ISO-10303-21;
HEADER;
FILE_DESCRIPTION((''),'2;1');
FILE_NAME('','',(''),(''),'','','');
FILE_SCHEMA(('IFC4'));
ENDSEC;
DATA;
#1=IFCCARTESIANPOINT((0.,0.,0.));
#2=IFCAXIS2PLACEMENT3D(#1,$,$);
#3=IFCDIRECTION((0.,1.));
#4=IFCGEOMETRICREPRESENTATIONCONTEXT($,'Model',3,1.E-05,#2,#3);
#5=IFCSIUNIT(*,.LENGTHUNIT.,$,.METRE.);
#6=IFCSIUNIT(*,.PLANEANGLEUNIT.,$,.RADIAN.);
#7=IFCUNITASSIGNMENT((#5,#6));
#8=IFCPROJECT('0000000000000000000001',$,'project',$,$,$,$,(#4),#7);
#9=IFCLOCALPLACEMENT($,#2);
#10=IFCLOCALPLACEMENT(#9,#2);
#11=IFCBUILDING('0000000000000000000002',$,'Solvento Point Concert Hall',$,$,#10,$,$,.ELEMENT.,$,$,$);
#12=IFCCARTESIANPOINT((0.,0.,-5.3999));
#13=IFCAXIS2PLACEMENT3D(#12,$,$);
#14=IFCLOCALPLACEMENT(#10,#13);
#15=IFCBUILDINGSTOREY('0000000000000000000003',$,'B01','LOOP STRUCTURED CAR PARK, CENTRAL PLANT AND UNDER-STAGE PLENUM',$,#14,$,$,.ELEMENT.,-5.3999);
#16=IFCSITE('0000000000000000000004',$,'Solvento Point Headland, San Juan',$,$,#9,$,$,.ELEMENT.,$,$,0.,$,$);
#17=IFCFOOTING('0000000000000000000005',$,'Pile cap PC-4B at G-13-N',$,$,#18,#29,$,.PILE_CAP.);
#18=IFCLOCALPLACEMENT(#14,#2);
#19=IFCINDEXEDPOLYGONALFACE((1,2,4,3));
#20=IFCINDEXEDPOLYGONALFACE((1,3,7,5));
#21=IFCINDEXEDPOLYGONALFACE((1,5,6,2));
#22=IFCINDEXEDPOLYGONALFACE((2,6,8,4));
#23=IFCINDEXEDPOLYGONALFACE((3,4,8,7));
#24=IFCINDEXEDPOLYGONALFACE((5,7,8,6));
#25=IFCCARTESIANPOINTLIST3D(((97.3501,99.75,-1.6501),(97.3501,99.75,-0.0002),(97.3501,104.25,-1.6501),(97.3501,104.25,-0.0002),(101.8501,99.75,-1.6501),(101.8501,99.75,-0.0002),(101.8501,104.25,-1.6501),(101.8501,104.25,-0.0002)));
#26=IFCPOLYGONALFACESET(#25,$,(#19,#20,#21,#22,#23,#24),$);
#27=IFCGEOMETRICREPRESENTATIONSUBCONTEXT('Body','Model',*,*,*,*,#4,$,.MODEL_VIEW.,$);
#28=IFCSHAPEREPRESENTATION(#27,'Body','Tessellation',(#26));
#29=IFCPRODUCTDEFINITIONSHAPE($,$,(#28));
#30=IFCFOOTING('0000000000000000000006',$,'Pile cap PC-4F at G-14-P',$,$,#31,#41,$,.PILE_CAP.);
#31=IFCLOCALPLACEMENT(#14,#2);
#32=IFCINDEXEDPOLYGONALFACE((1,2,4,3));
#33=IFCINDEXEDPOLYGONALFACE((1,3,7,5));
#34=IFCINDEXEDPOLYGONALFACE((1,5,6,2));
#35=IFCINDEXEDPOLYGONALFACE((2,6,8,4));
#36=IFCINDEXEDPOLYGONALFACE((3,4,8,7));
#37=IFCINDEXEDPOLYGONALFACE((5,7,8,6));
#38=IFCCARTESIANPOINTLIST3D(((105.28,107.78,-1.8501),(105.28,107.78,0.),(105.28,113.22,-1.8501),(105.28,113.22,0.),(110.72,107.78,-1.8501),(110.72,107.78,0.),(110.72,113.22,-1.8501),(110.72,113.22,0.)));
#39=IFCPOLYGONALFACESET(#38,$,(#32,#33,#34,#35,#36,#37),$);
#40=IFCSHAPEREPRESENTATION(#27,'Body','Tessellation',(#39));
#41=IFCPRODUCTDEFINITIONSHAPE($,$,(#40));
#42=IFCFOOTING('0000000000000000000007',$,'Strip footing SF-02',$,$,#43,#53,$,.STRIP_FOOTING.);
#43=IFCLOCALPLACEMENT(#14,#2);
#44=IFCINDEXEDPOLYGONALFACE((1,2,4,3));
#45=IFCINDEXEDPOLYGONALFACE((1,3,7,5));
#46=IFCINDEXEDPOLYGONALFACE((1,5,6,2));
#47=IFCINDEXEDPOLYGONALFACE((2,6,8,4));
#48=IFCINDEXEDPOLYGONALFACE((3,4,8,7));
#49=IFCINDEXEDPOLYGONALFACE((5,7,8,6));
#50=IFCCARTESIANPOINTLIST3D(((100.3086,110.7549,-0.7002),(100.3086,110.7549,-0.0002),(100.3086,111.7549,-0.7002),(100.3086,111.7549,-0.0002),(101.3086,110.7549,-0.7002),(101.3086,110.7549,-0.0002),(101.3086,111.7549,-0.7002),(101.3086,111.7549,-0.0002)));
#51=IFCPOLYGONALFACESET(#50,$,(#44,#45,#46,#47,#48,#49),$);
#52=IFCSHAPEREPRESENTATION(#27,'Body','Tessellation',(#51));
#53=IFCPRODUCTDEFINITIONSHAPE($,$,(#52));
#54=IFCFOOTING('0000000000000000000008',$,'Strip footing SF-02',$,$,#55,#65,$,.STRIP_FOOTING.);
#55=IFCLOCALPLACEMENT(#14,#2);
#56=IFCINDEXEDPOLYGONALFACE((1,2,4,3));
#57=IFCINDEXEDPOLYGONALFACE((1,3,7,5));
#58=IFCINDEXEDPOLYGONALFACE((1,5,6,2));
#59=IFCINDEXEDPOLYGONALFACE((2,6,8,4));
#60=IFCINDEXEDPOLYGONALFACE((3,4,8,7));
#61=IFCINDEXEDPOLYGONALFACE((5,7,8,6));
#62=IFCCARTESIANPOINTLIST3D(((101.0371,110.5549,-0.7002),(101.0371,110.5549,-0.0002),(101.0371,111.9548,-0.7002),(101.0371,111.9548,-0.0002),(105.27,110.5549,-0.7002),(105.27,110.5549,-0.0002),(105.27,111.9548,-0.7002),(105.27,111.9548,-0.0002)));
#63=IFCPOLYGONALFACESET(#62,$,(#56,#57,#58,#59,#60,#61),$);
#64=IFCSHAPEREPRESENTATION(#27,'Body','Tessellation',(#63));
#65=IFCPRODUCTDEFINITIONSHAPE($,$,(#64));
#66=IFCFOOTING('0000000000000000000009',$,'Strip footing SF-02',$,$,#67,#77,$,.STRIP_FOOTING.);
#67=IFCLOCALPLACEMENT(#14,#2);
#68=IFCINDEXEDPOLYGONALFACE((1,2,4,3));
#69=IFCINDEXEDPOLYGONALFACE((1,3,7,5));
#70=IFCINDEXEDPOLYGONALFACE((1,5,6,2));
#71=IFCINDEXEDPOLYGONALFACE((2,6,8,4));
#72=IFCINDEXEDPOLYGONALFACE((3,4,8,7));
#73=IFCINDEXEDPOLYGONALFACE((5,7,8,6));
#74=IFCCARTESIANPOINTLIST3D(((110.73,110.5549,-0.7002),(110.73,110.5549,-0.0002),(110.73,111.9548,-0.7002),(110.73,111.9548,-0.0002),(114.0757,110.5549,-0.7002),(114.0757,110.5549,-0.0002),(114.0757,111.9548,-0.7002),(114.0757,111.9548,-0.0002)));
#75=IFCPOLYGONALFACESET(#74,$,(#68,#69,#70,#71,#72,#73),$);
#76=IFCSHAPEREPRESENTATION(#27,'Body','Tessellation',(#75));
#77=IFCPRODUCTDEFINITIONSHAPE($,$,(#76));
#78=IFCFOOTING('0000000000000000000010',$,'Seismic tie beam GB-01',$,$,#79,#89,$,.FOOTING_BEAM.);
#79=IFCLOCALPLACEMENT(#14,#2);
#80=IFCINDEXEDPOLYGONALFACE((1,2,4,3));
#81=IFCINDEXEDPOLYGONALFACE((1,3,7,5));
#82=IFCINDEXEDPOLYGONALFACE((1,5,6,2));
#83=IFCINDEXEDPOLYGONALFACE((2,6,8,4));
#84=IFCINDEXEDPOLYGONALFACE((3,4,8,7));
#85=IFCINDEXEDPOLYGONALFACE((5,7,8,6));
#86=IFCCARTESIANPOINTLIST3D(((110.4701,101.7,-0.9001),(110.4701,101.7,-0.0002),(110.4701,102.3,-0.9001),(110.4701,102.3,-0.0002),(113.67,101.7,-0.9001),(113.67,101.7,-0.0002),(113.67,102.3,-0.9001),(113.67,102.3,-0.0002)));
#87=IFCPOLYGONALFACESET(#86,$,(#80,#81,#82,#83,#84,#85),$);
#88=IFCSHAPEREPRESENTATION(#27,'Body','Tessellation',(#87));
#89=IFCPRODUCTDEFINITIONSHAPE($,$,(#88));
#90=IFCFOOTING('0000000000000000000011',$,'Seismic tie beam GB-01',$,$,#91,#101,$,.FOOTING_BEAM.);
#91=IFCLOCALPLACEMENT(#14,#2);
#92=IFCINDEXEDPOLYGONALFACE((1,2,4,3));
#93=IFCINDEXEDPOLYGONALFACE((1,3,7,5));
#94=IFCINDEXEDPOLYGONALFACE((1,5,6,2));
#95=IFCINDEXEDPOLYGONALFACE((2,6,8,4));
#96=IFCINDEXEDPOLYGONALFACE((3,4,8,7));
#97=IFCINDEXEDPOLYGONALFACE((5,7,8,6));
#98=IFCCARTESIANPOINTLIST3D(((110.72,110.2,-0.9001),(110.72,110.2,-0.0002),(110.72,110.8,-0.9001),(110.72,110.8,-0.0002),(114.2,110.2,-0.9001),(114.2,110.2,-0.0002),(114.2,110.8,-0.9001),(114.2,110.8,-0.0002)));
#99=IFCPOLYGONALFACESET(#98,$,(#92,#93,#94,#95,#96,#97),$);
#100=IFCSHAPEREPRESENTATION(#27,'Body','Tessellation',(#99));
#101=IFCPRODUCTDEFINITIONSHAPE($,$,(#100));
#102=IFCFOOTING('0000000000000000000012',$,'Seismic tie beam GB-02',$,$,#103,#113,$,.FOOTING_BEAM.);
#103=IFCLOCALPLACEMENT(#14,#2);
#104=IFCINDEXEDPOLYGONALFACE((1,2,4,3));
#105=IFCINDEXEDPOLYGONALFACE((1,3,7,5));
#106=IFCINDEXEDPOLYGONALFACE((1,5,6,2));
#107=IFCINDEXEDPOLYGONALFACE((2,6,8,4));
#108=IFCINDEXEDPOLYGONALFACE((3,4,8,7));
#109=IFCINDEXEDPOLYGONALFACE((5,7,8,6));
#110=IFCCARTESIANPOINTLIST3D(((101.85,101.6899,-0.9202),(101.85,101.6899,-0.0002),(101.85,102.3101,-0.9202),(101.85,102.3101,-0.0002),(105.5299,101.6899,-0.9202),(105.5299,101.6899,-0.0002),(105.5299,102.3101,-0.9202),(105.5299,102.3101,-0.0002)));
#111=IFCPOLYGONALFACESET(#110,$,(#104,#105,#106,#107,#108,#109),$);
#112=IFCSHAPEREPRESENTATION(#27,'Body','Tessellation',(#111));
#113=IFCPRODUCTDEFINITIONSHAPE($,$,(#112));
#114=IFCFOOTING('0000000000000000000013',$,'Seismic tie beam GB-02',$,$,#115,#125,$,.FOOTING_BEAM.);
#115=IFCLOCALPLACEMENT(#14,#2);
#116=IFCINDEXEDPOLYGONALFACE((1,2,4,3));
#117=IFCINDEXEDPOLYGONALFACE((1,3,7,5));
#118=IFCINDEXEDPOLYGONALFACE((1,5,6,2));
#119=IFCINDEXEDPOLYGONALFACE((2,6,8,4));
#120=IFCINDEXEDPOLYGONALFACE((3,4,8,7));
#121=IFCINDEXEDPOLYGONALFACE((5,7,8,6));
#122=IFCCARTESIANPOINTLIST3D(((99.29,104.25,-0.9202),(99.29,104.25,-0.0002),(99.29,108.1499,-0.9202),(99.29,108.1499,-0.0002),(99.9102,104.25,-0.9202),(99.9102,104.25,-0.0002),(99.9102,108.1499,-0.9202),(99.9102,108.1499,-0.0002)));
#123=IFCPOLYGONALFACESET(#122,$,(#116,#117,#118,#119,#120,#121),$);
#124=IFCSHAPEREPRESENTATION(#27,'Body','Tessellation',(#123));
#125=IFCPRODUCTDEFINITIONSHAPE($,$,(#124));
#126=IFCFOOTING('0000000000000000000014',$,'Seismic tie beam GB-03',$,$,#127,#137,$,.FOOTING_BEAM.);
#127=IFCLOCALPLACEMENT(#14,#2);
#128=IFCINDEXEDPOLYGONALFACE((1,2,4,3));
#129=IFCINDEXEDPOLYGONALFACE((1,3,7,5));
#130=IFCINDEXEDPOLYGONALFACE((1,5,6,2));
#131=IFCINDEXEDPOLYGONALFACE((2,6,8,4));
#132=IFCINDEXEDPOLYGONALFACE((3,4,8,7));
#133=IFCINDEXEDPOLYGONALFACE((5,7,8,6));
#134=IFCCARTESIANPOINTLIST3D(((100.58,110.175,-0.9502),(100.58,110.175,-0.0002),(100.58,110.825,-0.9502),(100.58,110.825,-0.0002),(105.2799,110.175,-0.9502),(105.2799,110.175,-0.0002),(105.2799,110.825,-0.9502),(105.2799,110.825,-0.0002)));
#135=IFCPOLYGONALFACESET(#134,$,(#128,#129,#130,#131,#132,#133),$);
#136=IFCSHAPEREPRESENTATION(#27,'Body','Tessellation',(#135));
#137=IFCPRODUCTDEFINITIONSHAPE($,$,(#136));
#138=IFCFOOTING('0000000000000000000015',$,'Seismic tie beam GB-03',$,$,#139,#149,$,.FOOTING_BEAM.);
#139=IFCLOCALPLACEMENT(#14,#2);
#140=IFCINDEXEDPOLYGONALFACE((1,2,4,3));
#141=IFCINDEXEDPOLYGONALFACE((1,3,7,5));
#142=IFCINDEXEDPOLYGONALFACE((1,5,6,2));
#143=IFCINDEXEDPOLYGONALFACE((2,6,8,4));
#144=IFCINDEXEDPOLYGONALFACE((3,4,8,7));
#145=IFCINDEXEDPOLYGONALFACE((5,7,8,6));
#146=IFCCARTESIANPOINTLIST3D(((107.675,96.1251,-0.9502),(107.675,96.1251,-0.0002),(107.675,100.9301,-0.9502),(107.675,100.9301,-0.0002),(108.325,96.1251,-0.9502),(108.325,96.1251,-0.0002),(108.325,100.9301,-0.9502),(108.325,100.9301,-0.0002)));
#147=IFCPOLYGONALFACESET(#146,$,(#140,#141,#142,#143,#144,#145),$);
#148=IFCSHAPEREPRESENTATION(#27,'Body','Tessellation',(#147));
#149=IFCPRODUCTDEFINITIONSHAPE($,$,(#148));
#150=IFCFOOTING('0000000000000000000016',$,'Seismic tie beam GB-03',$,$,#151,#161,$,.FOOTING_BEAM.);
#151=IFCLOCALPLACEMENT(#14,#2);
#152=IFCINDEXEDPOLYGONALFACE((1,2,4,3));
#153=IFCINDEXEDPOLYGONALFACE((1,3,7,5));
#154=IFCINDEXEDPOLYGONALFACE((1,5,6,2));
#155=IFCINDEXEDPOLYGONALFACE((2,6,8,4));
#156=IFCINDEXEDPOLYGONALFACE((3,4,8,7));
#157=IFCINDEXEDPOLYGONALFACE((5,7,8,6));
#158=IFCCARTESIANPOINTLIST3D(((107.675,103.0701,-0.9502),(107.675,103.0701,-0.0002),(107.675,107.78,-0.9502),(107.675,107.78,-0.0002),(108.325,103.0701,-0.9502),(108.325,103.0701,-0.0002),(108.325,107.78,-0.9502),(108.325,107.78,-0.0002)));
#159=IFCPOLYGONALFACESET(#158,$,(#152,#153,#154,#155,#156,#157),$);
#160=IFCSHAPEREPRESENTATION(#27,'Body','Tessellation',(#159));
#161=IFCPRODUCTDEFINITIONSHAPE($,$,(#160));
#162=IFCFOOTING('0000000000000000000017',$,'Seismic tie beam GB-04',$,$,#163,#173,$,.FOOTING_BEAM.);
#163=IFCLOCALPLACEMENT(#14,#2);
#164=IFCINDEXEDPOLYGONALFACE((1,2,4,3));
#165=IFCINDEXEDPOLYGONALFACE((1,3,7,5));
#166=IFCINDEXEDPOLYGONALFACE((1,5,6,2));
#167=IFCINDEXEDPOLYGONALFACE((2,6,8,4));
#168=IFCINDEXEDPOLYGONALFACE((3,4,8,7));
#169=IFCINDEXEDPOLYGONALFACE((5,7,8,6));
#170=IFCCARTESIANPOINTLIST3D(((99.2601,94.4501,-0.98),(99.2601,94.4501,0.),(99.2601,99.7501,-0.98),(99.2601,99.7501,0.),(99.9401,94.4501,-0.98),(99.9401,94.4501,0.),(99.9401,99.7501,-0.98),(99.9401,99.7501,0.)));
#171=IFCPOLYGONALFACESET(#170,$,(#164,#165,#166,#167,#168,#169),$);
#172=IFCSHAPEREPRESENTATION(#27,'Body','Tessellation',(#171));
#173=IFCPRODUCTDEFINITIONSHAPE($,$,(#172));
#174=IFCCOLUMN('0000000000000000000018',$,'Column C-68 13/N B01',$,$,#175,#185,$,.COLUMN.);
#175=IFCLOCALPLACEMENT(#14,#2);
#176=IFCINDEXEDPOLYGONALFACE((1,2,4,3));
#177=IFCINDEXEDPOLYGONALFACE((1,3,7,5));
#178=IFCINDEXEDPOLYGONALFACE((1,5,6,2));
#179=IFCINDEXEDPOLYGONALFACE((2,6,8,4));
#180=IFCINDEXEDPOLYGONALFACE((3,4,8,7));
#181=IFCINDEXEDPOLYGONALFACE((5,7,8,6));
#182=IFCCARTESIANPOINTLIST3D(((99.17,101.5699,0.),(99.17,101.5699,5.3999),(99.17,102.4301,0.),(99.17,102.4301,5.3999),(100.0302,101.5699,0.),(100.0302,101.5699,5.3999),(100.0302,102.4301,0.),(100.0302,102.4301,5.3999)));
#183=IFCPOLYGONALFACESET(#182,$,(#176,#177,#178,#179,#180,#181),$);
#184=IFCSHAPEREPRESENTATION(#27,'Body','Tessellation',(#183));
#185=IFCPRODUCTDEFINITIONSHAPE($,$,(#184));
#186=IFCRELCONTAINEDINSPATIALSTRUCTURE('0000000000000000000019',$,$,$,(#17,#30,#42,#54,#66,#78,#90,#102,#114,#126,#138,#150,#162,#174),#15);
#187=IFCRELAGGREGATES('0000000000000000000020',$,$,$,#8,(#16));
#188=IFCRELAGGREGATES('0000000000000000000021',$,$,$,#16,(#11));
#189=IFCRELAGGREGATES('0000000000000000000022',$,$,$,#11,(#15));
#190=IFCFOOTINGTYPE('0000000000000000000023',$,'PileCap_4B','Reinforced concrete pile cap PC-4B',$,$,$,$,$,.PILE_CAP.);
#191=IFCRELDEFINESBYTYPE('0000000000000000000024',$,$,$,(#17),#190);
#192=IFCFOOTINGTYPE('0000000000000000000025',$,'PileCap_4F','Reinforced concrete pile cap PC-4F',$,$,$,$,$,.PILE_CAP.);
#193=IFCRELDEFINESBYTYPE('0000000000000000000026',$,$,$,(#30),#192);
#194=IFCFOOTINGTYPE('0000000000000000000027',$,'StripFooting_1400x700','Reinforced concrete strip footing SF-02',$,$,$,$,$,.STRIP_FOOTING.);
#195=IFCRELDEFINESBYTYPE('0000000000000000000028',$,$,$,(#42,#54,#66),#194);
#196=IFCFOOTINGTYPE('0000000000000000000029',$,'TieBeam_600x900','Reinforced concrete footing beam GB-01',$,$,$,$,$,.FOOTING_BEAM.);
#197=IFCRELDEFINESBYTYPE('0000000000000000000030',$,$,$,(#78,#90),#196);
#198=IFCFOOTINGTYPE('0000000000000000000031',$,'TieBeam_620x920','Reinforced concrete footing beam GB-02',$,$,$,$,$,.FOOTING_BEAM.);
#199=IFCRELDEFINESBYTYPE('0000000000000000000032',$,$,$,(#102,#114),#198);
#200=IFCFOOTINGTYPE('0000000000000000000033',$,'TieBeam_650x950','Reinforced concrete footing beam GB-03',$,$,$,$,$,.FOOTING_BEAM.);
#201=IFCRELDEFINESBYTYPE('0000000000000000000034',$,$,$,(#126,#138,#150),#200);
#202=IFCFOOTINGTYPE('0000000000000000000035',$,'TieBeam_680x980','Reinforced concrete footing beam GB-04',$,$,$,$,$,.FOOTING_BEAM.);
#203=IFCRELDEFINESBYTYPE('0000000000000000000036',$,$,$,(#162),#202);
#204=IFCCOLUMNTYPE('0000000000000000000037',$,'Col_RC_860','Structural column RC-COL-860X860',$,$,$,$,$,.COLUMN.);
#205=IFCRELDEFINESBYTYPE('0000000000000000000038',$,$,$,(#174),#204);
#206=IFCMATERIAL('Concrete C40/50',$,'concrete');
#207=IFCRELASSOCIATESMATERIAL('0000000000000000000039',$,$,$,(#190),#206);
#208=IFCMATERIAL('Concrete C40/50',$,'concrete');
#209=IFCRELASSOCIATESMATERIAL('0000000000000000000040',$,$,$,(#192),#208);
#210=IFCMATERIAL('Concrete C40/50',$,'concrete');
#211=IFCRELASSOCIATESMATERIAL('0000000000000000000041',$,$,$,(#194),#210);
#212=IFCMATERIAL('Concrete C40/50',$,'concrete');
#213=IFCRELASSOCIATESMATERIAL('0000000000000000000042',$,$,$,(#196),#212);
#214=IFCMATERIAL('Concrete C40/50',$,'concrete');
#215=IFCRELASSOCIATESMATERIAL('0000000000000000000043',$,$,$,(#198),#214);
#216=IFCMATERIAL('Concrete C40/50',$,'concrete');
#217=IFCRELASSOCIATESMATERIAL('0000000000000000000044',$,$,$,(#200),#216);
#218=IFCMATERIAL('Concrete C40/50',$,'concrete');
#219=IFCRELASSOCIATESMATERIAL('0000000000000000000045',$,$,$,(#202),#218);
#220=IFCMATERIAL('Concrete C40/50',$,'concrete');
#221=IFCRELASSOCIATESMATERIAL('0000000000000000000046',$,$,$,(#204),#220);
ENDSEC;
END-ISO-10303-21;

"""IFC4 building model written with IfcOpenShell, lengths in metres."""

from ifc_helpers import new_model, si_unit, direction, frame, origin, origin_2d, place, context, subcontext, project, spatial, rectangle, extrude, material, material_profile, profile_set, type_object, element, save


model = new_model("IFC4")

# Units and contexts
model_context = context("Model", 3, precision=1e-05, world=origin(), true_north=direction((0.0, 1.0)))
body_context = subcontext(model_context, "Body", "Model", "MODEL_VIEW")
ifc_project = project(units=[si_unit("LENGTHUNIT", "METRE"), si_unit("PLANEANGLEUNIT", "RADIAN")], contexts=[model_context])

# Site, building, storey
site_placement = place(None, origin())
site = spatial("IfcSite", under=ifc_project, at=site_placement, Name="Solvento Point Headland, San Juan", CompositionType="ELEMENT", RefElevation=0.0)
building_placement = place(site_placement, origin())
building = spatial("IfcBuilding", under=site, at=building_placement, Name="Solvento Point Concert Hall", CompositionType="ELEMENT")
storey_placement = place(building_placement, frame((0.0, 0.0, -5.3999)))
storey = spatial("IfcBuildingStorey", under=building, at=storey_placement, Name="B01", Description="LOOP STRUCTURED CAR PARK, CENTRAL PLANT AND UNDER-STAGE PLENUM", CompositionType="ELEMENT", Elevation=-5.3999)

# Footings
ifc_material_1 = material(Name="Concrete C40/50", Category="concrete")
footing_type_1 = type_object("IfcFootingType", Name="PileCap_4B", Description="Reinforced concrete pile cap PC-4B", PredefinedType="PILE_CAP", material=ifc_material_1)
footing_1_placement = place(storey_placement, frame((99.6001, 102.0, -1.6501), z_axis=(0.0, 0.0, 1.0), x_axis=(1.0, 0.0, 0.0)))
element("IfcFooting", 1, at=footing_1_placement, inside=storey, type_object=footing_type_1, Name="Pile cap PC-4B at G-13-N", PredefinedType="PILE_CAP", context=body_context, shape_type="SweptSolid", body=[
    extrude(rectangle(XDim=4.5, YDim=4.5, at=origin_2d()), origin(), (0.0, 0.0, 1.0), 1.6499),
])
ifc_material_2 = material(Name="Concrete C40/50", Category="concrete")
footing_type_2 = type_object("IfcFootingType", Name="PileCap_4F", Description="Reinforced concrete pile cap PC-4F", PredefinedType="PILE_CAP", material=ifc_material_2)
footing_2_placement = place(storey_placement, frame((108.0, 110.5, -1.8501), z_axis=(0.0, 0.0, 1.0), x_axis=(1.0, 0.0, 0.0)))
element("IfcFooting", 2, at=footing_2_placement, inside=storey, type_object=footing_type_2, Name="Pile cap PC-4F at G-14-P", PredefinedType="PILE_CAP", context=body_context, shape_type="SweptSolid", body=[
    extrude(rectangle(XDim=5.4399, YDim=5.4399, at=origin_2d()), origin(), (0.0, 0.0, 1.0), 1.8501),
])
ifc_material_3 = material(Name="Concrete C40/50", Category="concrete")
footing_type_3 = type_object("IfcFootingType", Name="StripFooting_1400x700", Description="Reinforced concrete strip footing SF-02", PredefinedType="STRIP_FOOTING", material=ifc_material_3)
footing_3_placement = place(storey_placement, frame((100.8086, 111.2549, -0.7002), z_axis=(0.0, 0.0, 1.0), x_axis=(1.0, 0.0, 0.0)))
element("IfcFooting", 3, at=footing_3_placement, inside=storey, type_object=footing_type_3, Name="Strip footing SF-02", PredefinedType="STRIP_FOOTING", context=body_context, shape_type="SweptSolid", body=[
    extrude(rectangle(XDim=1.0, YDim=1.0, at=origin_2d()), origin(), (0.0, 0.0, 1.0), 0.7),
])
footing_4_placement = place(storey_placement, frame((103.1536, 111.2549, -0.7002), z_axis=(0.0, 0.0, 1.0), x_axis=(1.0, 0.0, 0.0)))
element("IfcFooting", 4, at=footing_4_placement, inside=storey, type_object=footing_type_3, Name="Strip footing SF-02", PredefinedType="STRIP_FOOTING", context=body_context, shape_type="SweptSolid", body=[
    extrude(rectangle(XDim=4.2329, YDim=1.3999, at=origin_2d()), origin(), (0.0, 0.0, 1.0), 0.7),
])
footing_5_placement = place(storey_placement, frame((112.4028, 111.2549, -0.7002), z_axis=(0.0, 0.0, 1.0), x_axis=(1.0, 0.0, 0.0)))
element("IfcFooting", 5, at=footing_5_placement, inside=storey, type_object=footing_type_3, Name="Strip footing SF-02", PredefinedType="STRIP_FOOTING", context=body_context, shape_type="SweptSolid", body=[
    extrude(rectangle(XDim=3.3457, YDim=1.3999, at=origin_2d()), origin(), (0.0, 0.0, 1.0), 0.7),
])
ifc_material_4 = material(Name="Concrete C40/50", Category="concrete")
footing_type_4 = type_object("IfcFootingType", Name="TieBeam_600x900", Description="Reinforced concrete footing beam GB-01", PredefinedType="FOOTING_BEAM", material=ifc_material_4)
footing_6_placement = place(storey_placement, frame((112.0701, 102.0, -0.9001), z_axis=(0.0, 0.0, 1.0), x_axis=(1.0, 0.0, 0.0)))
element("IfcFooting", 6, at=footing_6_placement, inside=storey, type_object=footing_type_4, Name="Seismic tie beam GB-01", PredefinedType="FOOTING_BEAM", context=body_context, shape_type="SweptSolid", body=[
    extrude(rectangle(XDim=3.2, YDim=0.6001, at=origin_2d()), origin(), (0.0, 0.0, 1.0), 0.8999),
])
footing_7_placement = place(storey_placement, frame((112.46, 110.5, -0.9001), z_axis=(0.0, 0.0, 1.0), x_axis=(1.0, 0.0, 0.0)))
element("IfcFooting", 7, at=footing_7_placement, inside=storey, type_object=footing_type_4, Name="Seismic tie beam GB-01", PredefinedType="FOOTING_BEAM", context=body_context, shape_type="SweptSolid", body=[
    extrude(rectangle(XDim=3.48, YDim=0.6001, at=origin_2d()), origin(), (0.0, 0.0, 1.0), 0.8999),
])
ifc_material_5 = material(Name="Concrete C40/50", Category="concrete")
footing_type_5 = type_object("IfcFootingType", Name="TieBeam_620x920", Description="Reinforced concrete footing beam GB-02", PredefinedType="FOOTING_BEAM", material=ifc_material_5)
footing_8_placement = place(storey_placement, frame((103.6899, 102.0, -0.9202), z_axis=(0.0, 0.0, 1.0), x_axis=(1.0, 0.0, 0.0)))
element("IfcFooting", 8, at=footing_8_placement, inside=storey, type_object=footing_type_5, Name="Seismic tie beam GB-02", PredefinedType="FOOTING_BEAM", context=body_context, shape_type="SweptSolid", body=[
    extrude(rectangle(XDim=3.6799, YDim=0.6201, at=origin_2d()), origin(), (0.0, 0.0, 1.0), 0.9199),
])
footing_9_placement = place(storey_placement, frame((99.6001, 106.2, -0.9202), z_axis=(0.0, 0.0, 1.0), x_axis=(0.0, 1.0, 0.0)))
element("IfcFooting", 9, at=footing_9_placement, inside=storey, type_object=footing_type_5, Name="Seismic tie beam GB-02", PredefinedType="FOOTING_BEAM", context=body_context, shape_type="SweptSolid", body=[
    extrude(rectangle(XDim=3.8999, YDim=0.6201, at=origin_2d()), origin(), (0.0, 0.0, 1.0), 0.9199),
])
ifc_material_6 = material(Name="Concrete C40/50", Category="concrete")
footing_type_6 = type_object("IfcFootingType", Name="TieBeam_650x950", Description="Reinforced concrete footing beam GB-03", PredefinedType="FOOTING_BEAM", material=ifc_material_6)
footing_10_placement = place(storey_placement, frame((102.9299, 110.5, -0.9502), z_axis=(0.0, 0.0, 1.0), x_axis=(1.0, 0.0, 0.0)))
element("IfcFooting", 10, at=footing_10_placement, inside=storey, type_object=footing_type_6, Name="Seismic tie beam GB-03", PredefinedType="FOOTING_BEAM", context=body_context, shape_type="SweptSolid", body=[
    extrude(rectangle(XDim=4.7, YDim=0.6499, at=origin_2d()), origin(), (0.0, 0.0, 1.0), 0.95),
])
footing_11_placement = place(storey_placement, frame((108.0, 98.5276, -0.9502), z_axis=(0.0, 0.0, 1.0), x_axis=(0.0, 1.0, 0.0)))
element("IfcFooting", 11, at=footing_11_placement, inside=storey, type_object=footing_type_6, Name="Seismic tie beam GB-03", PredefinedType="FOOTING_BEAM", context=body_context, shape_type="SweptSolid", body=[
    extrude(rectangle(XDim=4.8049, YDim=0.6499, at=origin_2d()), origin(), (0.0, 0.0, 1.0), 0.95),
])
footing_12_placement = place(storey_placement, frame((108.0, 105.425, -0.9502), z_axis=(0.0, 0.0, 1.0), x_axis=(0.0, 1.0, 0.0)))
element("IfcFooting", 12, at=footing_12_placement, inside=storey, type_object=footing_type_6, Name="Seismic tie beam GB-03", PredefinedType="FOOTING_BEAM", context=body_context, shape_type="SweptSolid", body=[
    extrude(rectangle(XDim=4.71, YDim=0.6499, at=origin_2d()), origin(), (0.0, 0.0, 1.0), 0.95),
])
ifc_material_7 = material(Name="Concrete C40/50", Category="concrete")
footing_type_7 = type_object("IfcFootingType", Name="TieBeam_680x980", Description="Reinforced concrete footing beam GB-04", PredefinedType="FOOTING_BEAM", material=ifc_material_7)
footing_13_placement = place(storey_placement, frame((99.6001, 97.1001, -0.98), z_axis=(0.0, 0.0, 1.0), x_axis=(0.0, 1.0, 0.0)))
element("IfcFooting", 13, at=footing_13_placement, inside=storey, type_object=footing_type_7, Name="Seismic tie beam GB-04", PredefinedType="FOOTING_BEAM", context=body_context, shape_type="SweptSolid", body=[
    extrude(rectangle(XDim=5.3, YDim=0.6799, at=origin_2d()), origin(), (0.0, 0.0, 1.0), 0.98),
])

# Column
ifc_material_8 = material(Name="Concrete C40/50", Category="concrete")
ifc_material_profile_1 = material_profile(ifc_material_8, rectangle(XDim=0.8601, YDim=0.8601, at=origin_2d()), Name="RC-COL-860X860")
ifc_profile_set_1 = profile_set([ifc_material_profile_1], Name="Concrete C40/50")
column_type = type_object("IfcColumnType", Name="Col_RC_860", Description="Structural column RC-COL-860X860", PredefinedType="COLUMN", material=ifc_profile_set_1)
for number, where, z_axis, x_axis, name in (
    (14, (99.6001, 102.0, 0.0), (0.0, 0.0, 1.0), (1.0, 0.0, 0.0), "Column C-68 13/N B01"),
):
    element("IfcColumn", number, at=place(storey_placement, frame(where, z_axis=z_axis, x_axis=x_axis)), inside=storey, type_object=column_type, Name=name, PredefinedType="COLUMN", context=body_context, shape_type="SweptSolid", body=[
        extrude(rectangle(XDim=0.8601, YDim=0.8601, at=origin_2d()), origin(), (0.0, 0.0, 1.0), 5.3999),
    ])

save(model, "model.ifc")
